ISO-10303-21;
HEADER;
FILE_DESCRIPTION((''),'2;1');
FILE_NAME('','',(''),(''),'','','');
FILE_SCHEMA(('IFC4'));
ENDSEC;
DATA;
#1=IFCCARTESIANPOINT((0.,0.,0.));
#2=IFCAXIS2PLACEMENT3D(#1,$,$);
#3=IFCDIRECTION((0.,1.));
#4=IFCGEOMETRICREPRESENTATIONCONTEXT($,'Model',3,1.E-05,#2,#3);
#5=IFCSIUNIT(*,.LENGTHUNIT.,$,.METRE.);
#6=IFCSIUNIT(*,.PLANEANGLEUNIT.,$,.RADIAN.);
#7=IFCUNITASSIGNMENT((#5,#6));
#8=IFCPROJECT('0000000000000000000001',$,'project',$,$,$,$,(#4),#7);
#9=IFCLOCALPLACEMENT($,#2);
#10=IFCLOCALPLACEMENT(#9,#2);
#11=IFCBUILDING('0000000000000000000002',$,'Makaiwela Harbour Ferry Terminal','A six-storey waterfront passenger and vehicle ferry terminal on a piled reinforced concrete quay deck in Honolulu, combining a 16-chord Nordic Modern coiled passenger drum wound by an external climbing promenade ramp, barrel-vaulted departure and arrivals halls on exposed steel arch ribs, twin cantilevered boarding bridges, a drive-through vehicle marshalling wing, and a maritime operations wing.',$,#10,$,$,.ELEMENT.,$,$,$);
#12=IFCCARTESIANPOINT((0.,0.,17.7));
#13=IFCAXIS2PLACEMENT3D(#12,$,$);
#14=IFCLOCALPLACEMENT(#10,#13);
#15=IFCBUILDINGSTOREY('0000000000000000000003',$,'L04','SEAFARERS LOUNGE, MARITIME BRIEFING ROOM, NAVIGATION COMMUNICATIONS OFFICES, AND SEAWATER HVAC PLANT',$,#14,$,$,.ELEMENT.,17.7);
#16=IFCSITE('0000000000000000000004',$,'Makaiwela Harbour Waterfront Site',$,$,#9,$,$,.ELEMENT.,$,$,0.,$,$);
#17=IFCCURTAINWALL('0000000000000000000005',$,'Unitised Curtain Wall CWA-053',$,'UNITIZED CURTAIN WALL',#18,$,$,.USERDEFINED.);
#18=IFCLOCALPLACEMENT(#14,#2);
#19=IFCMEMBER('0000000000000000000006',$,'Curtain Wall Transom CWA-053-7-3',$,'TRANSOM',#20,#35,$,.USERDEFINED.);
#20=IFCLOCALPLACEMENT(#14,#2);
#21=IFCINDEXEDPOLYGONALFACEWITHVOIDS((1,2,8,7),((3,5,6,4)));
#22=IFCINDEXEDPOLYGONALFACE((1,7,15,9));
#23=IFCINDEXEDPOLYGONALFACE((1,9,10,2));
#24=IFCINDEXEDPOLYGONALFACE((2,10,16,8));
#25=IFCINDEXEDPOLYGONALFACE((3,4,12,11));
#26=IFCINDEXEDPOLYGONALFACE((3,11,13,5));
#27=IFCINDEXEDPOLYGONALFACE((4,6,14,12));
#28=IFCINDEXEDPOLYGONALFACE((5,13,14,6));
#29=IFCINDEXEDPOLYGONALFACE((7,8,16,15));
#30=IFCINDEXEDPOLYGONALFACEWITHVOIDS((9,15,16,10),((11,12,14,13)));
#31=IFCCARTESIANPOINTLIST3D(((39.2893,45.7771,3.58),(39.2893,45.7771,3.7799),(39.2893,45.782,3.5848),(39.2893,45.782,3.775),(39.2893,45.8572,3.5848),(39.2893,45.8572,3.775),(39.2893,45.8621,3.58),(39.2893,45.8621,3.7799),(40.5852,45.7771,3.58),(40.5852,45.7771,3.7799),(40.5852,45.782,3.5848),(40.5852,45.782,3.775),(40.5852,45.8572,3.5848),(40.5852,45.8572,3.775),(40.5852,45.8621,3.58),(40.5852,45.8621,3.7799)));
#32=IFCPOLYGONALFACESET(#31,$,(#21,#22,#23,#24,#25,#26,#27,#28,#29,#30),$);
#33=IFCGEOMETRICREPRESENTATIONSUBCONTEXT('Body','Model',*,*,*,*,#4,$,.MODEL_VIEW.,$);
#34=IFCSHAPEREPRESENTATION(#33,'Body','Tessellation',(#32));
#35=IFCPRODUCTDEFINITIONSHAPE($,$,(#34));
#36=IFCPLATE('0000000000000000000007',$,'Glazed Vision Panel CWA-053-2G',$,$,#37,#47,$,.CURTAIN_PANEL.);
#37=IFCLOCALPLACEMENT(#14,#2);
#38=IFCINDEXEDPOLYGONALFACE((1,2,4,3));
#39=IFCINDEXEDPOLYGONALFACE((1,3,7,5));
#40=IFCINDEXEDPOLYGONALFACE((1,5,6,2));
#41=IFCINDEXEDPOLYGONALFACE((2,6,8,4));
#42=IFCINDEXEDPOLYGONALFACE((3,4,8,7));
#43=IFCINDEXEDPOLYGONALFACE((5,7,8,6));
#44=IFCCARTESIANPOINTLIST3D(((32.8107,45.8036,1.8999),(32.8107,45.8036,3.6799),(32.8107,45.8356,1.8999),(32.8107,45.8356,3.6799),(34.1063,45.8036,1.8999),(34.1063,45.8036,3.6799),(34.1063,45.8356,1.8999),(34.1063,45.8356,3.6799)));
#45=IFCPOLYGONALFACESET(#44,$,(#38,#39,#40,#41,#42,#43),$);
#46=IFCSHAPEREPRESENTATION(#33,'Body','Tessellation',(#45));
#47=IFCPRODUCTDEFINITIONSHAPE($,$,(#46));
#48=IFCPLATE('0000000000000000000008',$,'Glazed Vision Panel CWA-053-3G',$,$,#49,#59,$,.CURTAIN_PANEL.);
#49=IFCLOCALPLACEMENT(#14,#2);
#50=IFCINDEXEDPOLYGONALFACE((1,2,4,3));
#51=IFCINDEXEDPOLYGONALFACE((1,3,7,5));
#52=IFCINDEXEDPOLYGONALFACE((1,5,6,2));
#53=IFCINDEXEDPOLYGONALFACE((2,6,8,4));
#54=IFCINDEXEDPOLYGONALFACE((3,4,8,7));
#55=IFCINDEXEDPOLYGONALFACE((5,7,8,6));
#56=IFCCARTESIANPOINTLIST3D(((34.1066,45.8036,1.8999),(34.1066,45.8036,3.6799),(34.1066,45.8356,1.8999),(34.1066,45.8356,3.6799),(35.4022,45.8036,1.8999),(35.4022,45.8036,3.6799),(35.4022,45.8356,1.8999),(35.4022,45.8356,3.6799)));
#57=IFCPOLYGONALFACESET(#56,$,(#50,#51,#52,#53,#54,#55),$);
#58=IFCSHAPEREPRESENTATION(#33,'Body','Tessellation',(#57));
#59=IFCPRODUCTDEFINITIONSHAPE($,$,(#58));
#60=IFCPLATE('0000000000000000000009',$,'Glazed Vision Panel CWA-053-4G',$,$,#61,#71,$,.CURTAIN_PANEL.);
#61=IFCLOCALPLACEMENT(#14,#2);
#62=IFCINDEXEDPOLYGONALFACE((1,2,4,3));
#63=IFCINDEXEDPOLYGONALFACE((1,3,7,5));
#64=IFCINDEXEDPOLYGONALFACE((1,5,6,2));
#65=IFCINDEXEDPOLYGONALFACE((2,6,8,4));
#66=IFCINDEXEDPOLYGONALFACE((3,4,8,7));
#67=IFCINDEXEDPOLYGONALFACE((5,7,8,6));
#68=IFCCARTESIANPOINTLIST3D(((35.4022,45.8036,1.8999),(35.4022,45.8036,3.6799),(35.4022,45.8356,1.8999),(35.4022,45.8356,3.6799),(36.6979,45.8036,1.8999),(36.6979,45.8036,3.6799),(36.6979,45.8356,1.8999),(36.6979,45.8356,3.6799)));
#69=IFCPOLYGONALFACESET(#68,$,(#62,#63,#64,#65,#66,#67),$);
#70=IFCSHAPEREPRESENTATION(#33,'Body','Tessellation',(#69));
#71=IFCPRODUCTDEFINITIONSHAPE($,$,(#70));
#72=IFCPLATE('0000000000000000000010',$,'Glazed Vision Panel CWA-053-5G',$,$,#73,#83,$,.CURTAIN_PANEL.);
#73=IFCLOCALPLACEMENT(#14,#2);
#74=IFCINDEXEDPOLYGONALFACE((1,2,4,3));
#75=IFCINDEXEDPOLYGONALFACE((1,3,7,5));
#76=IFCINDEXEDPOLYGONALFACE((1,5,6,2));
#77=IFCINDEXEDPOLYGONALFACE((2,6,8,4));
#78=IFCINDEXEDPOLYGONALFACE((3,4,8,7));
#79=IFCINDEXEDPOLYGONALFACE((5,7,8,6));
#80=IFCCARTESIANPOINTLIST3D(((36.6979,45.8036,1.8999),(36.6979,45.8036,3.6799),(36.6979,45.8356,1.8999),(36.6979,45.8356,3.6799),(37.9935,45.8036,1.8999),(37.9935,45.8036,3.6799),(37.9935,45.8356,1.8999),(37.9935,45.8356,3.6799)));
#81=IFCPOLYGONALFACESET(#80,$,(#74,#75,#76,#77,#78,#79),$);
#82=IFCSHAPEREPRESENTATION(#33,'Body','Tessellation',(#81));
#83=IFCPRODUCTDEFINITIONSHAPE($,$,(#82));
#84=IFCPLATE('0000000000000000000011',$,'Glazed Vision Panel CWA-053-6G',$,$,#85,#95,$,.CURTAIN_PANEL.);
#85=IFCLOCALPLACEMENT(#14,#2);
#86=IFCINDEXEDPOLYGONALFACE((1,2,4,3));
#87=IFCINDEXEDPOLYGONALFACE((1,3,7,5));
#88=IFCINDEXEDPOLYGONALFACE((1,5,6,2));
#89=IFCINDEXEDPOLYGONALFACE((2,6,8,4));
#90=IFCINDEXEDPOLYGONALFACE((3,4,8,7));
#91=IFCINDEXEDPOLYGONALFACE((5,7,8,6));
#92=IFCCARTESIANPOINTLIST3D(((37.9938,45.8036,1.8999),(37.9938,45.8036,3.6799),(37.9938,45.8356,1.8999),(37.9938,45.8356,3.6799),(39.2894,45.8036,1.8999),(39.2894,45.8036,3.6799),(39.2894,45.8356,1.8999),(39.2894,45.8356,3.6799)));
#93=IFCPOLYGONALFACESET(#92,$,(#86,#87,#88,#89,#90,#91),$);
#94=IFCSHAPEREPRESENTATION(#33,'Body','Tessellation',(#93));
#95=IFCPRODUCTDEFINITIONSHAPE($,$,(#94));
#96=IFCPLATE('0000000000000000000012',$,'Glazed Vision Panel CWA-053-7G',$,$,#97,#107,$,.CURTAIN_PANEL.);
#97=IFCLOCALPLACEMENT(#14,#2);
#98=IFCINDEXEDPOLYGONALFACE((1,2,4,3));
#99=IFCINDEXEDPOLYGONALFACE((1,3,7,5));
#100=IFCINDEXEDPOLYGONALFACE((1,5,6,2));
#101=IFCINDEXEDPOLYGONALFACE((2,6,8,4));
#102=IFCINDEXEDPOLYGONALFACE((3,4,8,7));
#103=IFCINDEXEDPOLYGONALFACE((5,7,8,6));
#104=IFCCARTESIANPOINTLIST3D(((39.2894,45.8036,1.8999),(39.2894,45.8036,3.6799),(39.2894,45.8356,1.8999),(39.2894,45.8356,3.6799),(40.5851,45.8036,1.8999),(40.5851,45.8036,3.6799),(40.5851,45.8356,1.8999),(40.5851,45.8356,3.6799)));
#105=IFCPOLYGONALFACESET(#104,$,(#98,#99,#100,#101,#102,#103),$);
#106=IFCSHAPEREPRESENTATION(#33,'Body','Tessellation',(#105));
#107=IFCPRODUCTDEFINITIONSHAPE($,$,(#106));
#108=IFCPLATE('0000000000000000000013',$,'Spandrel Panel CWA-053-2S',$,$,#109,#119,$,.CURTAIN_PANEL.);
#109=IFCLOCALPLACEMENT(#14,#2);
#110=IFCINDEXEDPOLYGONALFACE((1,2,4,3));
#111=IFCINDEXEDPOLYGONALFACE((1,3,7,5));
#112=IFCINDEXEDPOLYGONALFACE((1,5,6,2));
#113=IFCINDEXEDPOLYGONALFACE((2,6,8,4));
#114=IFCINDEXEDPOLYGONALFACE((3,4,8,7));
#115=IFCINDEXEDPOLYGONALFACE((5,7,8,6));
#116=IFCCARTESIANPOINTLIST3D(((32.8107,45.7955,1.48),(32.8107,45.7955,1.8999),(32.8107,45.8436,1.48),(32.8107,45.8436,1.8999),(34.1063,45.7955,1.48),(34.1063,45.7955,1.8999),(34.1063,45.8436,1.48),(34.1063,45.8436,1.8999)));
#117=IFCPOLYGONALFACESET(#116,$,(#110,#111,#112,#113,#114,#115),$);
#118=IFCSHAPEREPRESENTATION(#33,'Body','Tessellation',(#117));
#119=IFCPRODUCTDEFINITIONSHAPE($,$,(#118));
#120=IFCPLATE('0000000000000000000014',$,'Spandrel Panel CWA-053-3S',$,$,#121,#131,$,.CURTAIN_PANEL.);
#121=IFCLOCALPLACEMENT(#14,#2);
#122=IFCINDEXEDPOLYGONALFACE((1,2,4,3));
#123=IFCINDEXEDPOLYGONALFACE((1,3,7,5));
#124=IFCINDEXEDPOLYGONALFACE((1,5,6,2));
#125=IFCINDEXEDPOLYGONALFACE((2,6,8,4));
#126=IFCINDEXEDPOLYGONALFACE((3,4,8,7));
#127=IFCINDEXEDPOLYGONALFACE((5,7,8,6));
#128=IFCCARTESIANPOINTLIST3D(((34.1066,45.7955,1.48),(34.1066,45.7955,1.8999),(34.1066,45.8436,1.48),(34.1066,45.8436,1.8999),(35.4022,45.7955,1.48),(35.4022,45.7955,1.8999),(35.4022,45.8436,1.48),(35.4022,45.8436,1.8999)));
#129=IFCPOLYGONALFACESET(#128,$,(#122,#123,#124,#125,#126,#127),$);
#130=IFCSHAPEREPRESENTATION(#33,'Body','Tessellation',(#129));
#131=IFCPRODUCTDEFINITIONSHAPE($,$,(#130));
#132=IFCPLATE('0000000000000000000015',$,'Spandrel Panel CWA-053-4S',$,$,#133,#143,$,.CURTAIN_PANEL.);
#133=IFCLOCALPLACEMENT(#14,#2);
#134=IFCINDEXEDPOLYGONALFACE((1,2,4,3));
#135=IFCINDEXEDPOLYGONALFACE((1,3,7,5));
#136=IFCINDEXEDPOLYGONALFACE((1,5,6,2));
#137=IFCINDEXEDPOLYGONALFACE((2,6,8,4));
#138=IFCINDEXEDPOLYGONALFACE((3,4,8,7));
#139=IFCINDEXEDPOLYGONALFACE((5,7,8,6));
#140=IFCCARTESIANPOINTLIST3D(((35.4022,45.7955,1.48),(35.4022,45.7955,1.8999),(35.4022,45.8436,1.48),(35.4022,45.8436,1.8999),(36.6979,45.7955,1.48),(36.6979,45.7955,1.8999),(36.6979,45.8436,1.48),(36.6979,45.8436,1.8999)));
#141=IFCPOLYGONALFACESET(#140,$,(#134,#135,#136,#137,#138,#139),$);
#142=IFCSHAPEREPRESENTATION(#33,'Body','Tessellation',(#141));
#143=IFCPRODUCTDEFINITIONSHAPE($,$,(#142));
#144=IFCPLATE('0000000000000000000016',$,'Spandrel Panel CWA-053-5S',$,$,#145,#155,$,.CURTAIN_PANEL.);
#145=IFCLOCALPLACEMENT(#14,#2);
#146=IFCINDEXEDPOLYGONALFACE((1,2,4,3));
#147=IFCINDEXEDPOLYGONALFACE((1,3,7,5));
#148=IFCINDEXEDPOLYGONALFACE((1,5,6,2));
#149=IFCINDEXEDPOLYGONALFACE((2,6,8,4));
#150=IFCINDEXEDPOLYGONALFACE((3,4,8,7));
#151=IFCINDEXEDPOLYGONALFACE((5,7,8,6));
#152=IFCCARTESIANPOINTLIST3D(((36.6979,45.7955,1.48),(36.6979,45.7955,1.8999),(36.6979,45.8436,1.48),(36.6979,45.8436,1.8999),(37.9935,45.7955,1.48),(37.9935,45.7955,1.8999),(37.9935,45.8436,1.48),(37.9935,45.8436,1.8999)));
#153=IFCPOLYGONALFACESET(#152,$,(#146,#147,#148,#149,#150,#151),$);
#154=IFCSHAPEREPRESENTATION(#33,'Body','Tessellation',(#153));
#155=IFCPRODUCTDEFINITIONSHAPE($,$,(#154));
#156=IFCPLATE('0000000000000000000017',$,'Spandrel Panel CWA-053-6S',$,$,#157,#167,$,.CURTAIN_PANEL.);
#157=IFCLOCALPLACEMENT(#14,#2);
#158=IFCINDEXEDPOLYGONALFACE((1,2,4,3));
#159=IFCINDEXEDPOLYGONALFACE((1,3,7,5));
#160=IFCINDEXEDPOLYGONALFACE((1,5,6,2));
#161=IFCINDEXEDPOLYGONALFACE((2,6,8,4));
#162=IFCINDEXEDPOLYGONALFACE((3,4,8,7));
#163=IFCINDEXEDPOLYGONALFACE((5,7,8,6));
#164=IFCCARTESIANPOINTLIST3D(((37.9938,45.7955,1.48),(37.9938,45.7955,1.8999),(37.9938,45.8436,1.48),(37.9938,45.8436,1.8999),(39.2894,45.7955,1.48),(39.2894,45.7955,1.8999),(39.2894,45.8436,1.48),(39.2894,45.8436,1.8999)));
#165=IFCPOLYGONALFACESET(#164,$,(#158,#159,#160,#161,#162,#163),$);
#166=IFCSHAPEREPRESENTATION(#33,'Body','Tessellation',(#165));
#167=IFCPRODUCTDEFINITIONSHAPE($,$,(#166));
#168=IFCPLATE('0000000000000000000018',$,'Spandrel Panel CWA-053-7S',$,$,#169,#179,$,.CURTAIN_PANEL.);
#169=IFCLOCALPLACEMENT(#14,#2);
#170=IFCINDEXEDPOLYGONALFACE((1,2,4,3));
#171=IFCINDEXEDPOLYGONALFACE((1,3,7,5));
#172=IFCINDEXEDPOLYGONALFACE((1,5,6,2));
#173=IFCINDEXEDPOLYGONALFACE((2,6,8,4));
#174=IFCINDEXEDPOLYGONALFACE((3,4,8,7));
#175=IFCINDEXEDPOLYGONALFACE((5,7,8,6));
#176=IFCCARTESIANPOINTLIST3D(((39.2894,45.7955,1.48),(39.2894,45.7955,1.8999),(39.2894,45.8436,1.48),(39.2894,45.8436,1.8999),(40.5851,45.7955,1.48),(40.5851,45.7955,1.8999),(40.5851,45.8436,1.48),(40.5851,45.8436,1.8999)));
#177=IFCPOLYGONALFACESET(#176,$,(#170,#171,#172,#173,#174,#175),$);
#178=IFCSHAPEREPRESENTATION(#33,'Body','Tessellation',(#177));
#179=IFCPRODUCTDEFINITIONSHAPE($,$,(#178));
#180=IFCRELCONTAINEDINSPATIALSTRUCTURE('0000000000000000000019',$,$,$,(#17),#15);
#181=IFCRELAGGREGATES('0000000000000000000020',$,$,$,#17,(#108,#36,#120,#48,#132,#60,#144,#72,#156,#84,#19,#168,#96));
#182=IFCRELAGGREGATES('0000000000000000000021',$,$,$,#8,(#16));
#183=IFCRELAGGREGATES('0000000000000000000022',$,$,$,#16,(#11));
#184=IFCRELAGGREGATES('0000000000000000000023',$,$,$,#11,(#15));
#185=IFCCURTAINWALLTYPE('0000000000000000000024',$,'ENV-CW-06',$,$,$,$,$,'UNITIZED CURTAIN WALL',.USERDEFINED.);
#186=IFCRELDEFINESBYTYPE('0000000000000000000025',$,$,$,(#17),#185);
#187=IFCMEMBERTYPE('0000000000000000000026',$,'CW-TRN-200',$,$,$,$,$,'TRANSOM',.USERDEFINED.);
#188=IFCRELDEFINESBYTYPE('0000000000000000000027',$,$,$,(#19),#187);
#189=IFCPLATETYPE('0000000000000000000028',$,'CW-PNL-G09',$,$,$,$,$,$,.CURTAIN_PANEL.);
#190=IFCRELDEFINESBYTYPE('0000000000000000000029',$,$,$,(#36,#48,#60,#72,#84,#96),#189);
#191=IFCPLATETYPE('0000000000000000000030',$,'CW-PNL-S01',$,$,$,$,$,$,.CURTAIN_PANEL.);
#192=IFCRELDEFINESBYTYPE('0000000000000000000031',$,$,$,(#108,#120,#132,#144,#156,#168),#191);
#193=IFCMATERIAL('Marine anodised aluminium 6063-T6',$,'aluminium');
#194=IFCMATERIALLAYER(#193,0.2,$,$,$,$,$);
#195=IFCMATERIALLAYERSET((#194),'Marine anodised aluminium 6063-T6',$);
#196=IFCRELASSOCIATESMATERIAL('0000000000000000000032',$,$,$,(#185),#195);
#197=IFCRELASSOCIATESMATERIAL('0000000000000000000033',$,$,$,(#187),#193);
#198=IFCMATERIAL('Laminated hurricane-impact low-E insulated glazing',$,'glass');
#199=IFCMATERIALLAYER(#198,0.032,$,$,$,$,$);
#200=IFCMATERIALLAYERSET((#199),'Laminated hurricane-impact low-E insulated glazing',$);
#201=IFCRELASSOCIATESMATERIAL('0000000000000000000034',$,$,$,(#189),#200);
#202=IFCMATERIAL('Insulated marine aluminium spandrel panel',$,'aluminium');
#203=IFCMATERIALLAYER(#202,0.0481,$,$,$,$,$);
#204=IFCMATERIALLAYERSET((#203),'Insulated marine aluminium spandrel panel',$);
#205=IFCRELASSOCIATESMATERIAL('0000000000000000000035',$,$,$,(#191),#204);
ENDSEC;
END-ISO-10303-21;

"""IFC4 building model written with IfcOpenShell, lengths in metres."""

from ifc_helpers import new_model, si_unit, direction, frame, origin, origin_2d, place, context, subcontext, project, spatial, rectangle, hollow_rectangle, extrude, material, layer, layer_set, material_profile, profile_set, type_object, element, aggregate, save


model = new_model("IFC4")

# Units and contexts
model_context = context("Model", 3, precision=1e-05, world=origin(), true_north=direction((0.0, 1.0)))
body_context = subcontext(model_context, "Body", "Model", "MODEL_VIEW")
ifc_project = project(units=[si_unit("LENGTHUNIT", "METRE"), si_unit("PLANEANGLEUNIT", "RADIAN")], contexts=[model_context])

# Site, building, storey
site_placement = place(None, origin())
site = spatial("IfcSite", under=ifc_project, at=site_placement, Name="Makaiwela Harbour Waterfront Site", CompositionType="ELEMENT", RefElevation=0.0)
building_placement = place(site_placement, origin())
building = spatial("IfcBuilding", under=site, at=building_placement, Name="Makaiwela Harbour Ferry Terminal", Description="A six-storey waterfront passenger and vehicle ferry terminal on a piled reinforced concrete quay deck in Honolulu, combining a 16-chord Nordic Modern coiled passenger drum wound by an external climbing promenade ramp, barrel-vaulted departure and arrivals halls on exposed steel arch ribs, twin cantilevered boarding bridges, a drive-through vehicle marshalling wing, and a maritime operations wing.", CompositionType="ELEMENT")
storey_placement = place(building_placement, frame((0.0, 0.0, 17.7)))
storey = spatial("IfcBuildingStorey", under=building, at=storey_placement, Name="L04", Description="SEAFARERS LOUNGE, MARITIME BRIEFING ROOM, NAVIGATION COMMUNICATIONS OFFICES, AND SEAWATER HVAC PLANT", CompositionType="ELEMENT", Elevation=17.7)

# Curtain wall, member, plates
ifc_material_1 = material(Name="Marine anodised aluminium 6063-T6", Category="aluminium")
ifc_layer_1 = layer(ifc_material_1, 0.2)
ifc_layer_set_1 = layer_set([ifc_layer_1], Name="Marine anodised aluminium 6063-T6")
curtain_wall_type = type_object("IfcCurtainWallType", Name="ENV-CW-06", ElementType="UNITIZED CURTAIN WALL", PredefinedType="USERDEFINED", material=ifc_layer_set_1)
curtain_wall_placement = place(storey_placement, origin())
curtain_wall = element("IfcCurtainWall", 1, at=curtain_wall_placement, inside=storey, type_object=curtain_wall_type, Name="Unitised Curtain Wall CWA-053", ObjectType="UNITIZED CURTAIN WALL", PredefinedType="USERDEFINED")
ifc_material_profile_1 = material_profile(ifc_material_1, hollow_rectangle(XDim=0.085, YDim=0.2, WallThickness=0.0049, at=origin_2d()), Name="CWT-200X85")
ifc_profile_set_1 = profile_set([ifc_material_profile_1], Name="Marine anodised aluminium 6063-T6")
member_type_1 = type_object("IfcMemberType", Name="CW-TRN-200", ElementType="TRANSOM", PredefinedType="USERDEFINED", material=ifc_profile_set_1)
member_1_placement = place(storey_placement, frame((39.2893, 45.8196, 3.6799), z_axis=(1.0, 0.0, 0.0), x_axis=(0.0, 1.0, 0.0)))
member_1 = element("IfcMember", 2, at=member_1_placement, type_object=member_type_1, Name="Curtain Wall Transom CWA-053-7-3", ObjectType="TRANSOM", PredefinedType="USERDEFINED", context=body_context, shape_type="SweptSolid", body=[
    extrude(hollow_rectangle(XDim=0.085, YDim=0.2, WallThickness=0.0049, at=origin_2d()), origin(), (0.0, 0.0, 1.0), 1.2959),
])
ifc_material_2 = material(Name="Laminated hurricane-impact low-E insulated glazing", Category="glass")
ifc_layer_2 = layer(ifc_material_2, 0.032)
ifc_layer_set_2 = layer_set([ifc_layer_2], Name="Laminated hurricane-impact low-E insulated glazing")
plate_type_1 = type_object("IfcPlateType", Name="CW-PNL-G09", PredefinedType="CURTAIN_PANEL", material=ifc_layer_set_2)
plate_1_placement = place(storey_placement, frame((33.4585, 45.8196, 1.8999), z_axis=(0.0, 0.0, 1.0), x_axis=(1.0, 0.0, 0.0)))
plate_1 = element("IfcPlate", 3, at=plate_1_placement, type_object=plate_type_1, Name="Glazed Vision Panel CWA-053-2G", PredefinedType="CURTAIN_PANEL", context=body_context, shape_type="SweptSolid", body=[
    extrude(rectangle(XDim=1.2957, YDim=0.032, at=origin_2d()), origin(), (0.0, 0.0, 1.0), 1.78),
])
plate_2_placement = place(storey_placement, frame((34.7544, 45.8196, 1.8999), z_axis=(0.0, 0.0, 1.0), x_axis=(1.0, 0.0, 0.0)))
plate_2 = element("IfcPlate", 4, at=plate_2_placement, type_object=plate_type_1, Name="Glazed Vision Panel CWA-053-3G", PredefinedType="CURTAIN_PANEL", context=body_context, shape_type="SweptSolid", body=[
    extrude(rectangle(XDim=1.2957, YDim=0.032, at=origin_2d()), origin(), (0.0, 0.0, 1.0), 1.78),
])
plate_3_placement = place(storey_placement, frame((36.05, 45.8196, 1.8999), z_axis=(0.0, 0.0, 1.0), x_axis=(1.0, 0.0, 0.0)))
plate_3 = element("IfcPlate", 5, at=plate_3_placement, type_object=plate_type_1, Name="Glazed Vision Panel CWA-053-4G", PredefinedType="CURTAIN_PANEL", context=body_context, shape_type="SweptSolid", body=[
    extrude(rectangle(XDim=1.2957, YDim=0.032, at=origin_2d()), origin(), (0.0, 0.0, 1.0), 1.78),
])
plate_4_placement = place(storey_placement, frame((37.3457, 45.8196, 1.8999), z_axis=(0.0, 0.0, 1.0), x_axis=(1.0, 0.0, 0.0)))
plate_4 = element("IfcPlate", 6, at=plate_4_placement, type_object=plate_type_1, Name="Glazed Vision Panel CWA-053-5G", PredefinedType="CURTAIN_PANEL", context=body_context, shape_type="SweptSolid", body=[
    extrude(rectangle(XDim=1.2957, YDim=0.032, at=origin_2d()), origin(), (0.0, 0.0, 1.0), 1.78),
])
plate_5_placement = place(storey_placement, frame((38.6416, 45.8196, 1.8999), z_axis=(0.0, 0.0, 1.0), x_axis=(1.0, 0.0, 0.0)))
plate_5 = element("IfcPlate", 7, at=plate_5_placement, type_object=plate_type_1, Name="Glazed Vision Panel CWA-053-6G", PredefinedType="CURTAIN_PANEL", context=body_context, shape_type="SweptSolid", body=[
    extrude(rectangle(XDim=1.2957, YDim=0.032, at=origin_2d()), origin(), (0.0, 0.0, 1.0), 1.78),
])
plate_6_placement = place(storey_placement, frame((39.9373, 45.8196, 1.8999), z_axis=(0.0, 0.0, 1.0), x_axis=(1.0, 0.0, 0.0)))
plate_6 = element("IfcPlate", 8, at=plate_6_placement, type_object=plate_type_1, Name="Glazed Vision Panel CWA-053-7G", PredefinedType="CURTAIN_PANEL", context=body_context, shape_type="SweptSolid", body=[
    extrude(rectangle(XDim=1.2957, YDim=0.032, at=origin_2d()), origin(), (0.0, 0.0, 1.0), 1.78),
])
ifc_material_3 = material(Name="Insulated marine aluminium spandrel panel", Category="aluminium")
ifc_layer_3 = layer(ifc_material_3, 0.0481)
ifc_layer_set_3 = layer_set([ifc_layer_3], Name="Insulated marine aluminium spandrel panel")
plate_type_2 = type_object("IfcPlateType", Name="CW-PNL-S01", PredefinedType="CURTAIN_PANEL", material=ifc_layer_set_3)
plate_7_placement = place(storey_placement, frame((33.4585, 45.8196, 1.48), z_axis=(0.0, 0.0, 1.0), x_axis=(1.0, 0.0, 0.0)))
plate_7 = element("IfcPlate", 9, at=plate_7_placement, type_object=plate_type_2, Name="Spandrel Panel CWA-053-2S", PredefinedType="CURTAIN_PANEL", context=body_context, shape_type="SweptSolid", body=[
    extrude(rectangle(XDim=1.2957, YDim=0.0481, at=origin_2d()), origin(), (0.0, 0.0, 1.0), 0.4199),
])
plate_8_placement = place(storey_placement, frame((34.7544, 45.8196, 1.48), z_axis=(0.0, 0.0, 1.0), x_axis=(1.0, 0.0, 0.0)))
plate_8 = element("IfcPlate", 10, at=plate_8_placement, type_object=plate_type_2, Name="Spandrel Panel CWA-053-3S", PredefinedType="CURTAIN_PANEL", context=body_context, shape_type="SweptSolid", body=[
    extrude(rectangle(XDim=1.2957, YDim=0.0481, at=origin_2d()), origin(), (0.0, 0.0, 1.0), 0.4199),
])
plate_9_placement = place(storey_placement, frame((36.05, 45.8196, 1.48), z_axis=(0.0, 0.0, 1.0), x_axis=(1.0, 0.0, 0.0)))
plate_9 = element("IfcPlate", 11, at=plate_9_placement, type_object=plate_type_2, Name="Spandrel Panel CWA-053-4S", PredefinedType="CURTAIN_PANEL", context=body_context, shape_type="SweptSolid", body=[
    extrude(rectangle(XDim=1.2957, YDim=0.0481, at=origin_2d()), origin(), (0.0, 0.0, 1.0), 0.4199),
])
plate_10_placement = place(storey_placement, frame((37.3457, 45.8196, 1.48), z_axis=(0.0, 0.0, 1.0), x_axis=(1.0, 0.0, 0.0)))
plate_10 = element("IfcPlate", 12, at=plate_10_placement, type_object=plate_type_2, Name="Spandrel Panel CWA-053-5S", PredefinedType="CURTAIN_PANEL", context=body_context, shape_type="SweptSolid", body=[
    extrude(rectangle(XDim=1.2957, YDim=0.0481, at=origin_2d()), origin(), (0.0, 0.0, 1.0), 0.4199),
])
plate_11_placement = place(storey_placement, frame((38.6416, 45.8196, 1.48), z_axis=(0.0, 0.0, 1.0), x_axis=(1.0, 0.0, 0.0)))
plate_11 = element("IfcPlate", 13, at=plate_11_placement, type_object=plate_type_2, Name="Spandrel Panel CWA-053-6S", PredefinedType="CURTAIN_PANEL", context=body_context, shape_type="SweptSolid", body=[
    extrude(rectangle(XDim=1.2957, YDim=0.0481, at=origin_2d()), origin(), (0.0, 0.0, 1.0), 0.4199),
])
plate_12_placement = place(storey_placement, frame((39.9373, 45.8196, 1.48), z_axis=(0.0, 0.0, 1.0), x_axis=(1.0, 0.0, 0.0)))
plate_12 = element("IfcPlate", 14, at=plate_12_placement, type_object=plate_type_2, Name="Spandrel Panel CWA-053-7S", PredefinedType="CURTAIN_PANEL", context=body_context, shape_type="SweptSolid", body=[
    extrude(rectangle(XDim=1.2957, YDim=0.0481, at=origin_2d()), origin(), (0.0, 0.0, 1.0), 0.4199),
])
aggregate(curtain_wall, [plate_7, plate_1, plate_8, plate_2, plate_9, plate_3, plate_10, plate_4, plate_11, plate_5, member_1, plate_12, plate_6])

save(model, "model.ifc")
